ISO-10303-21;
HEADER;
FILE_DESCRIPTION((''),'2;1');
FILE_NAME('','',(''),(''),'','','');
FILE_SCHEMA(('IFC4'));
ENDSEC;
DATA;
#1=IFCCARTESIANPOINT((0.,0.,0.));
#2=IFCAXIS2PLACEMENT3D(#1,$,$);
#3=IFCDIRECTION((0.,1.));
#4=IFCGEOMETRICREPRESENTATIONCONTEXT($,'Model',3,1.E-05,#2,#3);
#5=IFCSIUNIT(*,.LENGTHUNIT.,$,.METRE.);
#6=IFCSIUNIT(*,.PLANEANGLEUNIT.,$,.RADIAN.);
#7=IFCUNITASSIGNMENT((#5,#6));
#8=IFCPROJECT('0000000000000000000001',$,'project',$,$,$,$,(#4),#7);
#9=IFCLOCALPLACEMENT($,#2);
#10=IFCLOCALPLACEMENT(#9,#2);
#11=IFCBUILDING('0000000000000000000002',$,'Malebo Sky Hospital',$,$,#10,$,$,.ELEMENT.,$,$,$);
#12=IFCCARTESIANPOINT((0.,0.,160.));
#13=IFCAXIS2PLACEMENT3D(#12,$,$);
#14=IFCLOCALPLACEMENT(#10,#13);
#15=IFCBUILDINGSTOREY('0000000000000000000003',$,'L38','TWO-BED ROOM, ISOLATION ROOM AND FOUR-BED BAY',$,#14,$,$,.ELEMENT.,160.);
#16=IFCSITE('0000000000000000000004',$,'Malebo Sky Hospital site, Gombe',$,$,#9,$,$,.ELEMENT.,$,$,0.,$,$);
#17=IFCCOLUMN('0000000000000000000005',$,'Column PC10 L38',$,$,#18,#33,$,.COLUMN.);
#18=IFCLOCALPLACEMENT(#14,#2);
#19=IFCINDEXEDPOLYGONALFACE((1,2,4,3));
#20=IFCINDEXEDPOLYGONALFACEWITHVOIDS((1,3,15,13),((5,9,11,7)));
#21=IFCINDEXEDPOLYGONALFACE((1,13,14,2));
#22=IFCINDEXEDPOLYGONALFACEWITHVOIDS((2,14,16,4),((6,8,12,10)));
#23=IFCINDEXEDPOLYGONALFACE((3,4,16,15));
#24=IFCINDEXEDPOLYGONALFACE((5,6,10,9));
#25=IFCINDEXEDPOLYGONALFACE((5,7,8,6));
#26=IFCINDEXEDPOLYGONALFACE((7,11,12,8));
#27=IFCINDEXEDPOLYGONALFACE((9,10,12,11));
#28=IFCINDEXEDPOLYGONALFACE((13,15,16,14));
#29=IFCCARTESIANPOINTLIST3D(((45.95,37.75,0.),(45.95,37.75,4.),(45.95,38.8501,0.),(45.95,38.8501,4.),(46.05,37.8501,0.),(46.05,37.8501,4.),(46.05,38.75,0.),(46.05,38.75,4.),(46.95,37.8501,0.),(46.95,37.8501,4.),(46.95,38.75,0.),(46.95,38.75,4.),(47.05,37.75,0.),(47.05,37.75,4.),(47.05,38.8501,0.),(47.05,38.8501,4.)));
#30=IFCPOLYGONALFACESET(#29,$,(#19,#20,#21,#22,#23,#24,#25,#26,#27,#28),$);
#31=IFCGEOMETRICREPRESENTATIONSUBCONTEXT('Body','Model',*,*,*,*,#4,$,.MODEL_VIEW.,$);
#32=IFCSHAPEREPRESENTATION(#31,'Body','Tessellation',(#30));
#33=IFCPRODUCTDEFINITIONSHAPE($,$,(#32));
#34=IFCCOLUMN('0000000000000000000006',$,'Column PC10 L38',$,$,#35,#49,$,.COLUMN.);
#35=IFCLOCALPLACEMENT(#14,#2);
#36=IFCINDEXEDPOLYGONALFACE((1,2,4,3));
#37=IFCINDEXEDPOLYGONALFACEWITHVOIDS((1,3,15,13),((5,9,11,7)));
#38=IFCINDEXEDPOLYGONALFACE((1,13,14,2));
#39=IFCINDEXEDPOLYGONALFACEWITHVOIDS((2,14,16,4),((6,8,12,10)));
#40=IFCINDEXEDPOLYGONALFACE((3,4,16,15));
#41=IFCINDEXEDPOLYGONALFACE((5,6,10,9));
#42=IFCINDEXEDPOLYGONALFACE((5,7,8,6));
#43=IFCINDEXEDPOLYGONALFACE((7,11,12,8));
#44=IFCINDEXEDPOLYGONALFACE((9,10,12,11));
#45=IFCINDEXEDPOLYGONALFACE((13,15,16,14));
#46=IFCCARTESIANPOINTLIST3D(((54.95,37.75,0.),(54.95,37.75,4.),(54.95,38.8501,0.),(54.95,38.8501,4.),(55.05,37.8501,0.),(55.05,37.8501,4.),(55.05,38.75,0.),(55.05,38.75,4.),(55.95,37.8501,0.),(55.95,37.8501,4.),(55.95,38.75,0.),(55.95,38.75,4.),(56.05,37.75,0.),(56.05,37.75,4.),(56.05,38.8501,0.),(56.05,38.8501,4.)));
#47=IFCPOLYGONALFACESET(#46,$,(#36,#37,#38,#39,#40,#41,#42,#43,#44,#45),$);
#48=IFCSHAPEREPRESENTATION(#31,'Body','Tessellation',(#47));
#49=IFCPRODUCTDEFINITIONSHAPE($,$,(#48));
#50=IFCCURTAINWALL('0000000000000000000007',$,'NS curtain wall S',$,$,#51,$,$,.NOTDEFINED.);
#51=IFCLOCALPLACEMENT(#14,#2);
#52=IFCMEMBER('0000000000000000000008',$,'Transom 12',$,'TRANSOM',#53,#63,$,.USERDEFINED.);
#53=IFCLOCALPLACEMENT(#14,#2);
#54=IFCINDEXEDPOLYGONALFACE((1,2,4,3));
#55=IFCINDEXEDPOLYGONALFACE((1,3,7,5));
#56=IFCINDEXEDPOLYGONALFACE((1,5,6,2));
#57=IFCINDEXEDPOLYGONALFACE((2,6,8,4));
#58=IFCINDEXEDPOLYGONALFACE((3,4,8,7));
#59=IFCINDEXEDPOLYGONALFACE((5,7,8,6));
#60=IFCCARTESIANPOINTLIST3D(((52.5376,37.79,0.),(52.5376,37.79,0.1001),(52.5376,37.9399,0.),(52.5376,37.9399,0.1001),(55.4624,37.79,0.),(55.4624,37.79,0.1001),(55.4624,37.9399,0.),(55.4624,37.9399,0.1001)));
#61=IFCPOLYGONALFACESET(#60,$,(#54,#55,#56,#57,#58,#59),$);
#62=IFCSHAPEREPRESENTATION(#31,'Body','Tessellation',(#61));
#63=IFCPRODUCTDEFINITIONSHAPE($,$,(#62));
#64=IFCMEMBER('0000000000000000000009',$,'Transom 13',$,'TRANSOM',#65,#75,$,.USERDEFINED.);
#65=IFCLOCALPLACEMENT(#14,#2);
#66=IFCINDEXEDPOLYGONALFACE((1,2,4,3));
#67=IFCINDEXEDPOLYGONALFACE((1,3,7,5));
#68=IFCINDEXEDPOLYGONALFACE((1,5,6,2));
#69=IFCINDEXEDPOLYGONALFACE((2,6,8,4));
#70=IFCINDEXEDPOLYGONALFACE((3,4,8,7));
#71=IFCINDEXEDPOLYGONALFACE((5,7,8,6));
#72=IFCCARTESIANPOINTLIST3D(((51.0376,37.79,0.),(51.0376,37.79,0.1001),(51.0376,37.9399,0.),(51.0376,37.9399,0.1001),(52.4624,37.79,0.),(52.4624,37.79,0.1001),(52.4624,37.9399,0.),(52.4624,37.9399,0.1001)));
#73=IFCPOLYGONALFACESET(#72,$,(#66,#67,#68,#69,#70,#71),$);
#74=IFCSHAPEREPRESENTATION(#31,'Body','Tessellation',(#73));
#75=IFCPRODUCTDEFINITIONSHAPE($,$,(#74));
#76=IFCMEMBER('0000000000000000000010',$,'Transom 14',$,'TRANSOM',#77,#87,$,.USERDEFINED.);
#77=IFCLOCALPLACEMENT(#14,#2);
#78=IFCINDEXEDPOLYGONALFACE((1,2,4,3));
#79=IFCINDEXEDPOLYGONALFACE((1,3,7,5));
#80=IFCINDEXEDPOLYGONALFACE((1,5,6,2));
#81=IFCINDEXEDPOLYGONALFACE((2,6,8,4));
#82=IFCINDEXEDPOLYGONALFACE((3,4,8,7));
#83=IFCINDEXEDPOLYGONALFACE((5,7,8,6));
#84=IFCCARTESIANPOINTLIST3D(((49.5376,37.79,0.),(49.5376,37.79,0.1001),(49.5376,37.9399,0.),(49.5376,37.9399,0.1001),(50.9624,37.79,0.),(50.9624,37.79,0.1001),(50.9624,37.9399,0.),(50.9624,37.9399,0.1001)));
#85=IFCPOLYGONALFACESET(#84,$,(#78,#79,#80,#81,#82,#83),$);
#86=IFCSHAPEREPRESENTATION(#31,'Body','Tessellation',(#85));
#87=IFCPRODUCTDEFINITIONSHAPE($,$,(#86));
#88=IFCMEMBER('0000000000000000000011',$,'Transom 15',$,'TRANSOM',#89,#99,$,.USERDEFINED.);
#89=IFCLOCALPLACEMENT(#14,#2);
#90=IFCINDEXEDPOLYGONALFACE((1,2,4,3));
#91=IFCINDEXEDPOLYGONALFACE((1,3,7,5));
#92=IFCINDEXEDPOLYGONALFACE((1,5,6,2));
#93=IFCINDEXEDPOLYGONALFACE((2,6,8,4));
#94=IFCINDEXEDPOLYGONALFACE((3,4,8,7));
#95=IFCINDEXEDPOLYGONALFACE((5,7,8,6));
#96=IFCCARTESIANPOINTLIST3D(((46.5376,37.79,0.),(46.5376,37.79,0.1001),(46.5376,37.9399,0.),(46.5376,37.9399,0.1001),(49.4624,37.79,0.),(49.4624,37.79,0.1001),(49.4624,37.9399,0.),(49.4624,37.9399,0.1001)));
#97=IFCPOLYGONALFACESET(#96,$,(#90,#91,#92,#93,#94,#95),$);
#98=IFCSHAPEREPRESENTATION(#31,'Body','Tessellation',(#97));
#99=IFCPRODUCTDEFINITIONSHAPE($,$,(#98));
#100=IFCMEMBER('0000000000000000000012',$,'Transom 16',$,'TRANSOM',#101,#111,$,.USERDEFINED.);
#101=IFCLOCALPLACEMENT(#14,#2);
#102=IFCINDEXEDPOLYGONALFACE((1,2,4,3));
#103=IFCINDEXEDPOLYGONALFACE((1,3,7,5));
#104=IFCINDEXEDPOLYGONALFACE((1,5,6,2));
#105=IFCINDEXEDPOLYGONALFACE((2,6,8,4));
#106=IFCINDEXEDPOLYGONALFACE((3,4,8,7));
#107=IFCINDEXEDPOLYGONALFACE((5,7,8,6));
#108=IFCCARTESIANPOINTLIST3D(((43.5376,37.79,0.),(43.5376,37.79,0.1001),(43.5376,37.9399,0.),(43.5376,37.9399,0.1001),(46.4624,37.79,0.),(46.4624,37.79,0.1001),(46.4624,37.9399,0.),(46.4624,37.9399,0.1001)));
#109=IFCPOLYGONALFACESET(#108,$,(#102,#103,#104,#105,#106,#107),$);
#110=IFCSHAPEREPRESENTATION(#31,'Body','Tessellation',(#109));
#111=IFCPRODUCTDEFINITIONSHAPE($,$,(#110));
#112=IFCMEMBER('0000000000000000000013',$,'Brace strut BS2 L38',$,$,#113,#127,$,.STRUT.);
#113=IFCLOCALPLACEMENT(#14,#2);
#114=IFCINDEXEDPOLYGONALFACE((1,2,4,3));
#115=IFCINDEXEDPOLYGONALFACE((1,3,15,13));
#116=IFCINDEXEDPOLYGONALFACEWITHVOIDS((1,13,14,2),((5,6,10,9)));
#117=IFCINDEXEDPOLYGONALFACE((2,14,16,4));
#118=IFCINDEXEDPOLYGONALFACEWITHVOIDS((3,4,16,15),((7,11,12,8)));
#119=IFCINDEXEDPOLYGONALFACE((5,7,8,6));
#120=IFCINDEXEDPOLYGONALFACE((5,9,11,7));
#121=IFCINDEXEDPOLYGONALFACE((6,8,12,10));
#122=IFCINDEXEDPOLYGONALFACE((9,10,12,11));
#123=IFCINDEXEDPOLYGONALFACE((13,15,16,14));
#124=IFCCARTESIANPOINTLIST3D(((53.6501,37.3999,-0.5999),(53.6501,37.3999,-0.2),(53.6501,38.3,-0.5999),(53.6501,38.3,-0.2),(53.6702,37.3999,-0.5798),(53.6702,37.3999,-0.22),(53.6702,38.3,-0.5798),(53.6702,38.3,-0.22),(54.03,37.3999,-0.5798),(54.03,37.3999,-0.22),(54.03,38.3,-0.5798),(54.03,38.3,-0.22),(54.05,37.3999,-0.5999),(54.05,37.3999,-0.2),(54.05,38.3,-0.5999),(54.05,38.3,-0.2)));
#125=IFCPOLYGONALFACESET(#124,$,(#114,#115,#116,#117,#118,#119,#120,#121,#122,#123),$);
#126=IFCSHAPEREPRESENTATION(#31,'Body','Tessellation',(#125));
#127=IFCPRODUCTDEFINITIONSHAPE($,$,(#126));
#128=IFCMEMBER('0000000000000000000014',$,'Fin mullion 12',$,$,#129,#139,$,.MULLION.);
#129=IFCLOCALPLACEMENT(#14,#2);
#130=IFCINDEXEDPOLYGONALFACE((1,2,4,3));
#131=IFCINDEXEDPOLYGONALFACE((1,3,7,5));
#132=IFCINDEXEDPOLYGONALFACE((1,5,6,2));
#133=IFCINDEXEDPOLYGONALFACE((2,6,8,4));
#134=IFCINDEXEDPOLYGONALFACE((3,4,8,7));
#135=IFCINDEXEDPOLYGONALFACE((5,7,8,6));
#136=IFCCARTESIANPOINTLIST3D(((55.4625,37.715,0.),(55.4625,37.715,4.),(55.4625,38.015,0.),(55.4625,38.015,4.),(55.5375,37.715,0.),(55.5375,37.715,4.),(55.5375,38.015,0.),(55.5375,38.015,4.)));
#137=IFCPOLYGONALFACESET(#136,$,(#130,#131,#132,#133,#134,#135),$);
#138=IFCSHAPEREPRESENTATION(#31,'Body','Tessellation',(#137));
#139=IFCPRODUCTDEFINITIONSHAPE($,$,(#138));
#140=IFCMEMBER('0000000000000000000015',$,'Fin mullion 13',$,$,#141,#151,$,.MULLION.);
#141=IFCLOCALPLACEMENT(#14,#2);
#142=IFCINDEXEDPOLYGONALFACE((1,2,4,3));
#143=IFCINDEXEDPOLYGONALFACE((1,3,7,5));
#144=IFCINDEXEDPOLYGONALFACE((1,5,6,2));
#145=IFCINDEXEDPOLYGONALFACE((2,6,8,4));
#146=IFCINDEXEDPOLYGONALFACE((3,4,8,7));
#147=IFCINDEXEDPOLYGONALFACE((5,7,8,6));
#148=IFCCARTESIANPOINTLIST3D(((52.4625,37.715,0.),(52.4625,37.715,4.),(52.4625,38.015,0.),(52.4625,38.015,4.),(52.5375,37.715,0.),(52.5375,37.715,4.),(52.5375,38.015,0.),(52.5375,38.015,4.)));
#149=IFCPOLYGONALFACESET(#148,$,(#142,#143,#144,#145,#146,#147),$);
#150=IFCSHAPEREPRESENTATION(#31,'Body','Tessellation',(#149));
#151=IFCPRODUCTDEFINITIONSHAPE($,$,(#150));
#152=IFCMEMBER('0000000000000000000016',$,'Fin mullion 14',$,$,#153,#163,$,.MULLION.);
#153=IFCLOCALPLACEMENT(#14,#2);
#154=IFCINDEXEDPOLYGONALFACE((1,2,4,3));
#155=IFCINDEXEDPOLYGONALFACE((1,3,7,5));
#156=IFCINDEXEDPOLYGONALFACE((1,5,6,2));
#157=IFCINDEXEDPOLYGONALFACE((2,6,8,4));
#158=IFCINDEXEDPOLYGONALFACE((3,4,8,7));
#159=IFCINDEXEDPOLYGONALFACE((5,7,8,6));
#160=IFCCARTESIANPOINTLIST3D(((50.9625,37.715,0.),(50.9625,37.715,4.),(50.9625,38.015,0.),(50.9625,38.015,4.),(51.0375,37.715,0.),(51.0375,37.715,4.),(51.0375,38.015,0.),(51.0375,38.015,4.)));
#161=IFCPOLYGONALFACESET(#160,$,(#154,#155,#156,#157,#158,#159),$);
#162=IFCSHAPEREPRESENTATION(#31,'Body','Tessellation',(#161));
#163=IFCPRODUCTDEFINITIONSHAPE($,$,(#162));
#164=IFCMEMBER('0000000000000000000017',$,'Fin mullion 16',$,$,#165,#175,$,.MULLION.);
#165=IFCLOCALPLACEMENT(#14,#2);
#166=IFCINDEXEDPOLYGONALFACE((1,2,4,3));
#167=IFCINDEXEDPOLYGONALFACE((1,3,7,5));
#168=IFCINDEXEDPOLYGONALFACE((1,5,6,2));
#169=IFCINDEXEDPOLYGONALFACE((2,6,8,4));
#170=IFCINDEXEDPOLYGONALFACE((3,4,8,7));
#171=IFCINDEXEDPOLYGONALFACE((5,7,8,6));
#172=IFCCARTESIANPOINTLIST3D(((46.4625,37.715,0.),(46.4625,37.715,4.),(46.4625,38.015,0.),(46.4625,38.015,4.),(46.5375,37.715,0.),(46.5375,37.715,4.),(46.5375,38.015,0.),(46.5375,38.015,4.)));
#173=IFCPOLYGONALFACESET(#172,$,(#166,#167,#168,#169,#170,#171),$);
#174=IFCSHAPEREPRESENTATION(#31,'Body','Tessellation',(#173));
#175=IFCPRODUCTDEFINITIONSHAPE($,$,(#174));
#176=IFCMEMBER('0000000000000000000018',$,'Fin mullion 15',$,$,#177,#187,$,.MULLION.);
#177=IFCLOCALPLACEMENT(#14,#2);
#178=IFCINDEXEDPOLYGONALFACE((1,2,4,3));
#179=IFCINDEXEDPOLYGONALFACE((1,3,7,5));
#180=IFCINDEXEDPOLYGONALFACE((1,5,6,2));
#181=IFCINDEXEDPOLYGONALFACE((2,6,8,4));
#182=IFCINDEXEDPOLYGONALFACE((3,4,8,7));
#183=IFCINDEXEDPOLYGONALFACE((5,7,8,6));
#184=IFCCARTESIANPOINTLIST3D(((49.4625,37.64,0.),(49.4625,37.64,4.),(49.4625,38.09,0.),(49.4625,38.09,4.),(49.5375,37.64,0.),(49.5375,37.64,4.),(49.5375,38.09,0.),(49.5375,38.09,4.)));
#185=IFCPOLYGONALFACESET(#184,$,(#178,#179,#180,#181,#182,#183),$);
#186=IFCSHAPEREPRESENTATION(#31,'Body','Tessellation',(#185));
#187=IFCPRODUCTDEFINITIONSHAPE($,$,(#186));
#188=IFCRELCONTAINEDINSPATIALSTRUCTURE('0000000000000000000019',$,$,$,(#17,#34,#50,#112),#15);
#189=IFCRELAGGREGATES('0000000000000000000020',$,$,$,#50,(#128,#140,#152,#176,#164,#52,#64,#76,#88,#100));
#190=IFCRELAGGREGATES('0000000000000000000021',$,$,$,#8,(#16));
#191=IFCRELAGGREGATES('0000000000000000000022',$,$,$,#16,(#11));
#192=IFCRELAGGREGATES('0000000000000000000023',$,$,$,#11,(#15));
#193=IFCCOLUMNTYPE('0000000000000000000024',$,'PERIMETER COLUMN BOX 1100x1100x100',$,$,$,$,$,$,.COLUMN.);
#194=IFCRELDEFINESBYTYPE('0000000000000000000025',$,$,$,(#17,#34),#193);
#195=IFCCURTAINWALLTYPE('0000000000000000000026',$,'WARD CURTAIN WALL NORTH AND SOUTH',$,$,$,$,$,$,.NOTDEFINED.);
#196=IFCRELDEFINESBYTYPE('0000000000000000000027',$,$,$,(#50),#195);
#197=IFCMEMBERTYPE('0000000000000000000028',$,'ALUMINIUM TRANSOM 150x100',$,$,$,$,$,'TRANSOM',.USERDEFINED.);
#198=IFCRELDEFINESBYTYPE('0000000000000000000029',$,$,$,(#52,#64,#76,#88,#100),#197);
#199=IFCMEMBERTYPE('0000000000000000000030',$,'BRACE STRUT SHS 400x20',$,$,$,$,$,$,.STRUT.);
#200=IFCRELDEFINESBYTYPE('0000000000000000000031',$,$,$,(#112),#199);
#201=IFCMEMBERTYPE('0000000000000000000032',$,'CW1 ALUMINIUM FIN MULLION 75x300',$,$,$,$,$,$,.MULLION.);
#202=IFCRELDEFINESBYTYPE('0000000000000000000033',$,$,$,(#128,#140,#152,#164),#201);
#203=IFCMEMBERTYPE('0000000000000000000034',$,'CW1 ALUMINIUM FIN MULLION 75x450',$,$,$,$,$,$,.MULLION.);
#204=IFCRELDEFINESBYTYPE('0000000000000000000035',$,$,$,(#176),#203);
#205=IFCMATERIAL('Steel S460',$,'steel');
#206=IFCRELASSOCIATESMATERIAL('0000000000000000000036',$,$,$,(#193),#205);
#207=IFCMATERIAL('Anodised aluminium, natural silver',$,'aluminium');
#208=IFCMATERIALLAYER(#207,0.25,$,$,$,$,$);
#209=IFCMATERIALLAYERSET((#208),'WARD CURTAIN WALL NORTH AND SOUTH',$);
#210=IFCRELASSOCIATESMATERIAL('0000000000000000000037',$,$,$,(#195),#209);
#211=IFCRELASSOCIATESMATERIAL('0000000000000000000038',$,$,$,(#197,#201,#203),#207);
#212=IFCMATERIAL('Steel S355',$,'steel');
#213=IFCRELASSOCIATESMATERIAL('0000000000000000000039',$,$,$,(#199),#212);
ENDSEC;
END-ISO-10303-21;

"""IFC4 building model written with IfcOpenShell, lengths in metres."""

from ifc_helpers import new_model, si_unit, direction, frame, origin, origin_2d, place, context, subcontext, project, spatial, rectangle, hollow_rectangle, extrude, material, layer, layer_set, material_profile, profile_set, type_object, element, aggregate, save


model = new_model("IFC4")

# Units and contexts
model_context = context("Model", 3, precision=1e-05, world=origin(), true_north=direction((0.0, 1.0)))
body_context = subcontext(model_context, "Body", "Model", "MODEL_VIEW")
ifc_project = project(units=[si_unit("LENGTHUNIT", "METRE"), si_unit("PLANEANGLEUNIT", "RADIAN")], contexts=[model_context])

# Site, building, storey
site_placement = place(None, origin())
site = spatial("IfcSite", under=ifc_project, at=site_placement, Name="Malebo Sky Hospital site, Gombe", CompositionType="ELEMENT", RefElevation=0.0)
building_placement = place(site_placement, origin())
building = spatial("IfcBuilding", under=site, at=building_placement, Name="Malebo Sky Hospital", CompositionType="ELEMENT")
storey_placement = place(building_placement, frame((0.0, 0.0, 160.0)))
storey = spatial("IfcBuildingStorey", under=building, at=storey_placement, Name="L38", Description="TWO-BED ROOM, ISOLATION ROOM AND FOUR-BED BAY", CompositionType="ELEMENT", Elevation=160.0)

# Columns
ifc_material_1 = material(Name="Steel S460", Category="steel")
ifc_material_profile_1 = material_profile(ifc_material_1, hollow_rectangle(XDim=1.1001, YDim=1.1001, WallThickness=0.1001, at=origin_2d()), Name="BOX 1100x1100x100")
ifc_profile_set_1 = profile_set([ifc_material_profile_1], Name="Steel S460")
column_type = type_object("IfcColumnType", Name="PERIMETER COLUMN BOX 1100x1100x100", PredefinedType="COLUMN", material=ifc_profile_set_1)
for number, where, z_axis, x_axis, name in (
    (1, (46.5, 38.3, 0.0), (0.0, 0.0, 1.0), (1.0, 0.0, 0.0), "Column PC10 L38"),
    (2, (55.5, 38.3, 0.0), (0.0, 0.0, 1.0), (1.0, 0.0, 0.0), "Column PC10 L38"),
):
    element("IfcColumn", number, at=place(storey_placement, frame(where, z_axis=z_axis, x_axis=x_axis)), inside=storey, type_object=column_type, Name=name, PredefinedType="COLUMN", context=body_context, shape_type="SweptSolid", body=[
        extrude(hollow_rectangle(XDim=1.1001, YDim=1.1001, WallThickness=0.1001, at=origin_2d()), origin(), (0.0, 0.0, 1.0), 4.0),
    ])

# Curtain wall, members
ifc_material_2 = material(Name="Anodised aluminium, natural silver", Category="aluminium")
ifc_layer_1 = layer(ifc_material_2, 0.25)
ifc_layer_set_1 = layer_set([ifc_layer_1], Name="WARD CURTAIN WALL NORTH AND SOUTH")
curtain_wall_type = type_object("IfcCurtainWallType", Name="WARD CURTAIN WALL NORTH AND SOUTH", PredefinedType="NOTDEFINED", material=ifc_layer_set_1)
curtain_wall_placement = place(storey_placement, origin())
curtain_wall = element("IfcCurtainWall", 3, at=curtain_wall_placement, inside=storey, type_object=curtain_wall_type, Name="NS curtain wall S", PredefinedType="NOTDEFINED")
ifc_material_profile_2 = material_profile(ifc_material_2, rectangle(XDim=0.1499, YDim=0.1001, at=origin_2d()), Name="ALUMINIUM TRANSOM 150x100")
ifc_profile_set_2 = profile_set([ifc_material_profile_2], Name="Anodised aluminium, natural silver")
member_type_1 = type_object("IfcMemberType", Name="ALUMINIUM TRANSOM 150x100", ElementType="TRANSOM", PredefinedType="USERDEFINED", material=ifc_profile_set_2)
member_1_placement = place(storey_placement, frame((55.4624, 37.865, 0.05), z_axis=(-1.0, 0.0, 0.0), x_axis=(0.0, -1.0, 0.0)))
member_1 = element("IfcMember", 4, at=member_1_placement, type_object=member_type_1, Name="Transom 12", ObjectType="TRANSOM", PredefinedType="USERDEFINED", context=body_context, shape_type="SweptSolid", body=[
    extrude(rectangle(XDim=0.1499, YDim=0.1001, at=origin_2d()), origin(), (0.0, 0.0, 1.0), 2.9248),
])
member_2_placement = place(storey_placement, frame((52.4624, 37.865, 0.05), z_axis=(-1.0, 0.0, 0.0), x_axis=(0.0, -1.0, 0.0)))
member_2 = element("IfcMember", 5, at=member_2_placement, type_object=member_type_1, Name="Transom 13", ObjectType="TRANSOM", PredefinedType="USERDEFINED", context=body_context, shape_type="SweptSolid", body=[
    extrude(rectangle(XDim=0.1499, YDim=0.1001, at=origin_2d()), origin(), (0.0, 0.0, 1.0), 1.4248),
])
member_3_placement = place(storey_placement, frame((50.9624, 37.865, 0.05), z_axis=(-1.0, 0.0, 0.0), x_axis=(0.0, -1.0, 0.0)))
member_3 = element("IfcMember", 6, at=member_3_placement, type_object=member_type_1, Name="Transom 14", ObjectType="TRANSOM", PredefinedType="USERDEFINED", context=body_context, shape_type="SweptSolid", body=[
    extrude(rectangle(XDim=0.1499, YDim=0.1001, at=origin_2d()), origin(), (0.0, 0.0, 1.0), 1.4248),
])
member_4_placement = place(storey_placement, frame((49.4624, 37.865, 0.05), z_axis=(-1.0, 0.0, 0.0), x_axis=(0.0, -1.0, 0.0)))
member_4 = element("IfcMember", 7, at=member_4_placement, type_object=member_type_1, Name="Transom 15", ObjectType="TRANSOM", PredefinedType="USERDEFINED", context=body_context, shape_type="SweptSolid", body=[
    extrude(rectangle(XDim=0.1499, YDim=0.1001, at=origin_2d()), origin(), (0.0, 0.0, 1.0), 2.9248),
])
member_5_placement = place(storey_placement, frame((46.4624, 37.865, 0.05), z_axis=(-1.0, 0.0, 0.0), x_axis=(0.0, -1.0, 0.0)))
member_5 = element("IfcMember", 8, at=member_5_placement, type_object=member_type_1, Name="Transom 16", ObjectType="TRANSOM", PredefinedType="USERDEFINED", context=body_context, shape_type="SweptSolid", body=[
    extrude(rectangle(XDim=0.1499, YDim=0.1001, at=origin_2d()), origin(), (0.0, 0.0, 1.0), 2.9248),
])

# Members
ifc_material_3 = material(Name="Steel S355", Category="steel")
ifc_material_profile_3 = material_profile(ifc_material_3, hollow_rectangle(XDim=0.3999, YDim=0.3999, WallThickness=0.02, at=origin_2d()), Name="SHS 400x20")
ifc_profile_set_3 = profile_set([ifc_material_profile_3], Name="Steel S355")
member_type_2 = type_object("IfcMemberType", Name="BRACE STRUT SHS 400x20", PredefinedType="STRUT", material=ifc_profile_set_3)
member_6_placement = place(storey_placement, frame((53.8501, 37.3999, -0.3999), z_axis=(0.0, 1.0, 0.0), x_axis=(-1.0, 0.0, 0.0)))
element("IfcMember", 9, at=member_6_placement, inside=storey, type_object=member_type_2, Name="Brace strut BS2 L38", PredefinedType="STRUT", context=body_context, shape_type="SweptSolid", body=[
    extrude(hollow_rectangle(XDim=0.3999, YDim=0.3999, WallThickness=0.02, at=origin_2d()), origin(), (0.0, 0.0, 1.0), 0.9001),
])
ifc_material_profile_4 = material_profile(ifc_material_2, rectangle(XDim=0.075, YDim=0.3, at=origin_2d()), Name="CW1 ALUMINIUM FIN MULLION 75x300")
ifc_profile_set_4 = profile_set([ifc_material_profile_4], Name="Anodised aluminium, natural silver")
member_type_3 = type_object("IfcMemberType", Name="CW1 ALUMINIUM FIN MULLION 75x300", PredefinedType="MULLION", material=ifc_profile_set_4)
member_7_placement = place(storey_placement, frame((55.5, 37.865, 0.0), z_axis=(0.0, 0.0, 1.0), x_axis=(-1.0, 0.0, 0.0)))
member_7 = element("IfcMember", 10, at=member_7_placement, type_object=member_type_3, Name="Fin mullion 12", PredefinedType="MULLION", context=body_context, shape_type="SweptSolid", body=[
    extrude(rectangle(XDim=0.075, YDim=0.3, at=origin_2d()), origin(), (0.0, 0.0, 1.0), 4.0),
])
member_8_placement = place(storey_placement, frame((52.5, 37.865, 0.0), z_axis=(0.0, 0.0, 1.0), x_axis=(-1.0, 0.0, 0.0)))
member_8 = element("IfcMember", 11, at=member_8_placement, type_object=member_type_3, Name="Fin mullion 13", PredefinedType="MULLION", context=body_context, shape_type="SweptSolid", body=[
    extrude(rectangle(XDim=0.075, YDim=0.3, at=origin_2d()), origin(), (0.0, 0.0, 1.0), 4.0),
])
member_9_placement = place(storey_placement, frame((51.0, 37.865, 0.0), z_axis=(0.0, 0.0, 1.0), x_axis=(-1.0, 0.0, 0.0)))
member_9 = element("IfcMember", 12, at=member_9_placement, type_object=member_type_3, Name="Fin mullion 14", PredefinedType="MULLION", context=body_context, shape_type="SweptSolid", body=[
    extrude(rectangle(XDim=0.075, YDim=0.3, at=origin_2d()), origin(), (0.0, 0.0, 1.0), 4.0),
])
member_10_placement = place(storey_placement, frame((46.5, 37.865, 0.0), z_axis=(0.0, 0.0, 1.0), x_axis=(-1.0, 0.0, 0.0)))
member_10 = element("IfcMember", 13, at=member_10_placement, type_object=member_type_3, Name="Fin mullion 16", PredefinedType="MULLION", context=body_context, shape_type="SweptSolid", body=[
    extrude(rectangle(XDim=0.075, YDim=0.3, at=origin_2d()), origin(), (0.0, 0.0, 1.0), 4.0),
])
ifc_material_profile_5 = material_profile(ifc_material_2, rectangle(XDim=0.075, YDim=0.45, at=origin_2d()), Name="CW1 ALUMINIUM FIN MULLION 75x450")
ifc_profile_set_5 = profile_set([ifc_material_profile_5], Name="Anodised aluminium, natural silver")
member_type_4 = type_object("IfcMemberType", Name="CW1 ALUMINIUM FIN MULLION 75x450", PredefinedType="MULLION", material=ifc_profile_set_5)
member_11_placement = place(storey_placement, frame((49.5, 37.865, 0.0), z_axis=(0.0, 0.0, 1.0), x_axis=(-1.0, 0.0, 0.0)))
member_11 = element("IfcMember", 14, at=member_11_placement, type_object=member_type_4, Name="Fin mullion 15", PredefinedType="MULLION", context=body_context, shape_type="SweptSolid", body=[
    extrude(rectangle(XDim=0.075, YDim=0.45, at=origin_2d()), origin(), (0.0, 0.0, 1.0), 4.0),
])

aggregate(curtain_wall, [member_7, member_8, member_9, member_11, member_10, member_1, member_2, member_3, member_4, member_5])

save(model, "model.ifc")
